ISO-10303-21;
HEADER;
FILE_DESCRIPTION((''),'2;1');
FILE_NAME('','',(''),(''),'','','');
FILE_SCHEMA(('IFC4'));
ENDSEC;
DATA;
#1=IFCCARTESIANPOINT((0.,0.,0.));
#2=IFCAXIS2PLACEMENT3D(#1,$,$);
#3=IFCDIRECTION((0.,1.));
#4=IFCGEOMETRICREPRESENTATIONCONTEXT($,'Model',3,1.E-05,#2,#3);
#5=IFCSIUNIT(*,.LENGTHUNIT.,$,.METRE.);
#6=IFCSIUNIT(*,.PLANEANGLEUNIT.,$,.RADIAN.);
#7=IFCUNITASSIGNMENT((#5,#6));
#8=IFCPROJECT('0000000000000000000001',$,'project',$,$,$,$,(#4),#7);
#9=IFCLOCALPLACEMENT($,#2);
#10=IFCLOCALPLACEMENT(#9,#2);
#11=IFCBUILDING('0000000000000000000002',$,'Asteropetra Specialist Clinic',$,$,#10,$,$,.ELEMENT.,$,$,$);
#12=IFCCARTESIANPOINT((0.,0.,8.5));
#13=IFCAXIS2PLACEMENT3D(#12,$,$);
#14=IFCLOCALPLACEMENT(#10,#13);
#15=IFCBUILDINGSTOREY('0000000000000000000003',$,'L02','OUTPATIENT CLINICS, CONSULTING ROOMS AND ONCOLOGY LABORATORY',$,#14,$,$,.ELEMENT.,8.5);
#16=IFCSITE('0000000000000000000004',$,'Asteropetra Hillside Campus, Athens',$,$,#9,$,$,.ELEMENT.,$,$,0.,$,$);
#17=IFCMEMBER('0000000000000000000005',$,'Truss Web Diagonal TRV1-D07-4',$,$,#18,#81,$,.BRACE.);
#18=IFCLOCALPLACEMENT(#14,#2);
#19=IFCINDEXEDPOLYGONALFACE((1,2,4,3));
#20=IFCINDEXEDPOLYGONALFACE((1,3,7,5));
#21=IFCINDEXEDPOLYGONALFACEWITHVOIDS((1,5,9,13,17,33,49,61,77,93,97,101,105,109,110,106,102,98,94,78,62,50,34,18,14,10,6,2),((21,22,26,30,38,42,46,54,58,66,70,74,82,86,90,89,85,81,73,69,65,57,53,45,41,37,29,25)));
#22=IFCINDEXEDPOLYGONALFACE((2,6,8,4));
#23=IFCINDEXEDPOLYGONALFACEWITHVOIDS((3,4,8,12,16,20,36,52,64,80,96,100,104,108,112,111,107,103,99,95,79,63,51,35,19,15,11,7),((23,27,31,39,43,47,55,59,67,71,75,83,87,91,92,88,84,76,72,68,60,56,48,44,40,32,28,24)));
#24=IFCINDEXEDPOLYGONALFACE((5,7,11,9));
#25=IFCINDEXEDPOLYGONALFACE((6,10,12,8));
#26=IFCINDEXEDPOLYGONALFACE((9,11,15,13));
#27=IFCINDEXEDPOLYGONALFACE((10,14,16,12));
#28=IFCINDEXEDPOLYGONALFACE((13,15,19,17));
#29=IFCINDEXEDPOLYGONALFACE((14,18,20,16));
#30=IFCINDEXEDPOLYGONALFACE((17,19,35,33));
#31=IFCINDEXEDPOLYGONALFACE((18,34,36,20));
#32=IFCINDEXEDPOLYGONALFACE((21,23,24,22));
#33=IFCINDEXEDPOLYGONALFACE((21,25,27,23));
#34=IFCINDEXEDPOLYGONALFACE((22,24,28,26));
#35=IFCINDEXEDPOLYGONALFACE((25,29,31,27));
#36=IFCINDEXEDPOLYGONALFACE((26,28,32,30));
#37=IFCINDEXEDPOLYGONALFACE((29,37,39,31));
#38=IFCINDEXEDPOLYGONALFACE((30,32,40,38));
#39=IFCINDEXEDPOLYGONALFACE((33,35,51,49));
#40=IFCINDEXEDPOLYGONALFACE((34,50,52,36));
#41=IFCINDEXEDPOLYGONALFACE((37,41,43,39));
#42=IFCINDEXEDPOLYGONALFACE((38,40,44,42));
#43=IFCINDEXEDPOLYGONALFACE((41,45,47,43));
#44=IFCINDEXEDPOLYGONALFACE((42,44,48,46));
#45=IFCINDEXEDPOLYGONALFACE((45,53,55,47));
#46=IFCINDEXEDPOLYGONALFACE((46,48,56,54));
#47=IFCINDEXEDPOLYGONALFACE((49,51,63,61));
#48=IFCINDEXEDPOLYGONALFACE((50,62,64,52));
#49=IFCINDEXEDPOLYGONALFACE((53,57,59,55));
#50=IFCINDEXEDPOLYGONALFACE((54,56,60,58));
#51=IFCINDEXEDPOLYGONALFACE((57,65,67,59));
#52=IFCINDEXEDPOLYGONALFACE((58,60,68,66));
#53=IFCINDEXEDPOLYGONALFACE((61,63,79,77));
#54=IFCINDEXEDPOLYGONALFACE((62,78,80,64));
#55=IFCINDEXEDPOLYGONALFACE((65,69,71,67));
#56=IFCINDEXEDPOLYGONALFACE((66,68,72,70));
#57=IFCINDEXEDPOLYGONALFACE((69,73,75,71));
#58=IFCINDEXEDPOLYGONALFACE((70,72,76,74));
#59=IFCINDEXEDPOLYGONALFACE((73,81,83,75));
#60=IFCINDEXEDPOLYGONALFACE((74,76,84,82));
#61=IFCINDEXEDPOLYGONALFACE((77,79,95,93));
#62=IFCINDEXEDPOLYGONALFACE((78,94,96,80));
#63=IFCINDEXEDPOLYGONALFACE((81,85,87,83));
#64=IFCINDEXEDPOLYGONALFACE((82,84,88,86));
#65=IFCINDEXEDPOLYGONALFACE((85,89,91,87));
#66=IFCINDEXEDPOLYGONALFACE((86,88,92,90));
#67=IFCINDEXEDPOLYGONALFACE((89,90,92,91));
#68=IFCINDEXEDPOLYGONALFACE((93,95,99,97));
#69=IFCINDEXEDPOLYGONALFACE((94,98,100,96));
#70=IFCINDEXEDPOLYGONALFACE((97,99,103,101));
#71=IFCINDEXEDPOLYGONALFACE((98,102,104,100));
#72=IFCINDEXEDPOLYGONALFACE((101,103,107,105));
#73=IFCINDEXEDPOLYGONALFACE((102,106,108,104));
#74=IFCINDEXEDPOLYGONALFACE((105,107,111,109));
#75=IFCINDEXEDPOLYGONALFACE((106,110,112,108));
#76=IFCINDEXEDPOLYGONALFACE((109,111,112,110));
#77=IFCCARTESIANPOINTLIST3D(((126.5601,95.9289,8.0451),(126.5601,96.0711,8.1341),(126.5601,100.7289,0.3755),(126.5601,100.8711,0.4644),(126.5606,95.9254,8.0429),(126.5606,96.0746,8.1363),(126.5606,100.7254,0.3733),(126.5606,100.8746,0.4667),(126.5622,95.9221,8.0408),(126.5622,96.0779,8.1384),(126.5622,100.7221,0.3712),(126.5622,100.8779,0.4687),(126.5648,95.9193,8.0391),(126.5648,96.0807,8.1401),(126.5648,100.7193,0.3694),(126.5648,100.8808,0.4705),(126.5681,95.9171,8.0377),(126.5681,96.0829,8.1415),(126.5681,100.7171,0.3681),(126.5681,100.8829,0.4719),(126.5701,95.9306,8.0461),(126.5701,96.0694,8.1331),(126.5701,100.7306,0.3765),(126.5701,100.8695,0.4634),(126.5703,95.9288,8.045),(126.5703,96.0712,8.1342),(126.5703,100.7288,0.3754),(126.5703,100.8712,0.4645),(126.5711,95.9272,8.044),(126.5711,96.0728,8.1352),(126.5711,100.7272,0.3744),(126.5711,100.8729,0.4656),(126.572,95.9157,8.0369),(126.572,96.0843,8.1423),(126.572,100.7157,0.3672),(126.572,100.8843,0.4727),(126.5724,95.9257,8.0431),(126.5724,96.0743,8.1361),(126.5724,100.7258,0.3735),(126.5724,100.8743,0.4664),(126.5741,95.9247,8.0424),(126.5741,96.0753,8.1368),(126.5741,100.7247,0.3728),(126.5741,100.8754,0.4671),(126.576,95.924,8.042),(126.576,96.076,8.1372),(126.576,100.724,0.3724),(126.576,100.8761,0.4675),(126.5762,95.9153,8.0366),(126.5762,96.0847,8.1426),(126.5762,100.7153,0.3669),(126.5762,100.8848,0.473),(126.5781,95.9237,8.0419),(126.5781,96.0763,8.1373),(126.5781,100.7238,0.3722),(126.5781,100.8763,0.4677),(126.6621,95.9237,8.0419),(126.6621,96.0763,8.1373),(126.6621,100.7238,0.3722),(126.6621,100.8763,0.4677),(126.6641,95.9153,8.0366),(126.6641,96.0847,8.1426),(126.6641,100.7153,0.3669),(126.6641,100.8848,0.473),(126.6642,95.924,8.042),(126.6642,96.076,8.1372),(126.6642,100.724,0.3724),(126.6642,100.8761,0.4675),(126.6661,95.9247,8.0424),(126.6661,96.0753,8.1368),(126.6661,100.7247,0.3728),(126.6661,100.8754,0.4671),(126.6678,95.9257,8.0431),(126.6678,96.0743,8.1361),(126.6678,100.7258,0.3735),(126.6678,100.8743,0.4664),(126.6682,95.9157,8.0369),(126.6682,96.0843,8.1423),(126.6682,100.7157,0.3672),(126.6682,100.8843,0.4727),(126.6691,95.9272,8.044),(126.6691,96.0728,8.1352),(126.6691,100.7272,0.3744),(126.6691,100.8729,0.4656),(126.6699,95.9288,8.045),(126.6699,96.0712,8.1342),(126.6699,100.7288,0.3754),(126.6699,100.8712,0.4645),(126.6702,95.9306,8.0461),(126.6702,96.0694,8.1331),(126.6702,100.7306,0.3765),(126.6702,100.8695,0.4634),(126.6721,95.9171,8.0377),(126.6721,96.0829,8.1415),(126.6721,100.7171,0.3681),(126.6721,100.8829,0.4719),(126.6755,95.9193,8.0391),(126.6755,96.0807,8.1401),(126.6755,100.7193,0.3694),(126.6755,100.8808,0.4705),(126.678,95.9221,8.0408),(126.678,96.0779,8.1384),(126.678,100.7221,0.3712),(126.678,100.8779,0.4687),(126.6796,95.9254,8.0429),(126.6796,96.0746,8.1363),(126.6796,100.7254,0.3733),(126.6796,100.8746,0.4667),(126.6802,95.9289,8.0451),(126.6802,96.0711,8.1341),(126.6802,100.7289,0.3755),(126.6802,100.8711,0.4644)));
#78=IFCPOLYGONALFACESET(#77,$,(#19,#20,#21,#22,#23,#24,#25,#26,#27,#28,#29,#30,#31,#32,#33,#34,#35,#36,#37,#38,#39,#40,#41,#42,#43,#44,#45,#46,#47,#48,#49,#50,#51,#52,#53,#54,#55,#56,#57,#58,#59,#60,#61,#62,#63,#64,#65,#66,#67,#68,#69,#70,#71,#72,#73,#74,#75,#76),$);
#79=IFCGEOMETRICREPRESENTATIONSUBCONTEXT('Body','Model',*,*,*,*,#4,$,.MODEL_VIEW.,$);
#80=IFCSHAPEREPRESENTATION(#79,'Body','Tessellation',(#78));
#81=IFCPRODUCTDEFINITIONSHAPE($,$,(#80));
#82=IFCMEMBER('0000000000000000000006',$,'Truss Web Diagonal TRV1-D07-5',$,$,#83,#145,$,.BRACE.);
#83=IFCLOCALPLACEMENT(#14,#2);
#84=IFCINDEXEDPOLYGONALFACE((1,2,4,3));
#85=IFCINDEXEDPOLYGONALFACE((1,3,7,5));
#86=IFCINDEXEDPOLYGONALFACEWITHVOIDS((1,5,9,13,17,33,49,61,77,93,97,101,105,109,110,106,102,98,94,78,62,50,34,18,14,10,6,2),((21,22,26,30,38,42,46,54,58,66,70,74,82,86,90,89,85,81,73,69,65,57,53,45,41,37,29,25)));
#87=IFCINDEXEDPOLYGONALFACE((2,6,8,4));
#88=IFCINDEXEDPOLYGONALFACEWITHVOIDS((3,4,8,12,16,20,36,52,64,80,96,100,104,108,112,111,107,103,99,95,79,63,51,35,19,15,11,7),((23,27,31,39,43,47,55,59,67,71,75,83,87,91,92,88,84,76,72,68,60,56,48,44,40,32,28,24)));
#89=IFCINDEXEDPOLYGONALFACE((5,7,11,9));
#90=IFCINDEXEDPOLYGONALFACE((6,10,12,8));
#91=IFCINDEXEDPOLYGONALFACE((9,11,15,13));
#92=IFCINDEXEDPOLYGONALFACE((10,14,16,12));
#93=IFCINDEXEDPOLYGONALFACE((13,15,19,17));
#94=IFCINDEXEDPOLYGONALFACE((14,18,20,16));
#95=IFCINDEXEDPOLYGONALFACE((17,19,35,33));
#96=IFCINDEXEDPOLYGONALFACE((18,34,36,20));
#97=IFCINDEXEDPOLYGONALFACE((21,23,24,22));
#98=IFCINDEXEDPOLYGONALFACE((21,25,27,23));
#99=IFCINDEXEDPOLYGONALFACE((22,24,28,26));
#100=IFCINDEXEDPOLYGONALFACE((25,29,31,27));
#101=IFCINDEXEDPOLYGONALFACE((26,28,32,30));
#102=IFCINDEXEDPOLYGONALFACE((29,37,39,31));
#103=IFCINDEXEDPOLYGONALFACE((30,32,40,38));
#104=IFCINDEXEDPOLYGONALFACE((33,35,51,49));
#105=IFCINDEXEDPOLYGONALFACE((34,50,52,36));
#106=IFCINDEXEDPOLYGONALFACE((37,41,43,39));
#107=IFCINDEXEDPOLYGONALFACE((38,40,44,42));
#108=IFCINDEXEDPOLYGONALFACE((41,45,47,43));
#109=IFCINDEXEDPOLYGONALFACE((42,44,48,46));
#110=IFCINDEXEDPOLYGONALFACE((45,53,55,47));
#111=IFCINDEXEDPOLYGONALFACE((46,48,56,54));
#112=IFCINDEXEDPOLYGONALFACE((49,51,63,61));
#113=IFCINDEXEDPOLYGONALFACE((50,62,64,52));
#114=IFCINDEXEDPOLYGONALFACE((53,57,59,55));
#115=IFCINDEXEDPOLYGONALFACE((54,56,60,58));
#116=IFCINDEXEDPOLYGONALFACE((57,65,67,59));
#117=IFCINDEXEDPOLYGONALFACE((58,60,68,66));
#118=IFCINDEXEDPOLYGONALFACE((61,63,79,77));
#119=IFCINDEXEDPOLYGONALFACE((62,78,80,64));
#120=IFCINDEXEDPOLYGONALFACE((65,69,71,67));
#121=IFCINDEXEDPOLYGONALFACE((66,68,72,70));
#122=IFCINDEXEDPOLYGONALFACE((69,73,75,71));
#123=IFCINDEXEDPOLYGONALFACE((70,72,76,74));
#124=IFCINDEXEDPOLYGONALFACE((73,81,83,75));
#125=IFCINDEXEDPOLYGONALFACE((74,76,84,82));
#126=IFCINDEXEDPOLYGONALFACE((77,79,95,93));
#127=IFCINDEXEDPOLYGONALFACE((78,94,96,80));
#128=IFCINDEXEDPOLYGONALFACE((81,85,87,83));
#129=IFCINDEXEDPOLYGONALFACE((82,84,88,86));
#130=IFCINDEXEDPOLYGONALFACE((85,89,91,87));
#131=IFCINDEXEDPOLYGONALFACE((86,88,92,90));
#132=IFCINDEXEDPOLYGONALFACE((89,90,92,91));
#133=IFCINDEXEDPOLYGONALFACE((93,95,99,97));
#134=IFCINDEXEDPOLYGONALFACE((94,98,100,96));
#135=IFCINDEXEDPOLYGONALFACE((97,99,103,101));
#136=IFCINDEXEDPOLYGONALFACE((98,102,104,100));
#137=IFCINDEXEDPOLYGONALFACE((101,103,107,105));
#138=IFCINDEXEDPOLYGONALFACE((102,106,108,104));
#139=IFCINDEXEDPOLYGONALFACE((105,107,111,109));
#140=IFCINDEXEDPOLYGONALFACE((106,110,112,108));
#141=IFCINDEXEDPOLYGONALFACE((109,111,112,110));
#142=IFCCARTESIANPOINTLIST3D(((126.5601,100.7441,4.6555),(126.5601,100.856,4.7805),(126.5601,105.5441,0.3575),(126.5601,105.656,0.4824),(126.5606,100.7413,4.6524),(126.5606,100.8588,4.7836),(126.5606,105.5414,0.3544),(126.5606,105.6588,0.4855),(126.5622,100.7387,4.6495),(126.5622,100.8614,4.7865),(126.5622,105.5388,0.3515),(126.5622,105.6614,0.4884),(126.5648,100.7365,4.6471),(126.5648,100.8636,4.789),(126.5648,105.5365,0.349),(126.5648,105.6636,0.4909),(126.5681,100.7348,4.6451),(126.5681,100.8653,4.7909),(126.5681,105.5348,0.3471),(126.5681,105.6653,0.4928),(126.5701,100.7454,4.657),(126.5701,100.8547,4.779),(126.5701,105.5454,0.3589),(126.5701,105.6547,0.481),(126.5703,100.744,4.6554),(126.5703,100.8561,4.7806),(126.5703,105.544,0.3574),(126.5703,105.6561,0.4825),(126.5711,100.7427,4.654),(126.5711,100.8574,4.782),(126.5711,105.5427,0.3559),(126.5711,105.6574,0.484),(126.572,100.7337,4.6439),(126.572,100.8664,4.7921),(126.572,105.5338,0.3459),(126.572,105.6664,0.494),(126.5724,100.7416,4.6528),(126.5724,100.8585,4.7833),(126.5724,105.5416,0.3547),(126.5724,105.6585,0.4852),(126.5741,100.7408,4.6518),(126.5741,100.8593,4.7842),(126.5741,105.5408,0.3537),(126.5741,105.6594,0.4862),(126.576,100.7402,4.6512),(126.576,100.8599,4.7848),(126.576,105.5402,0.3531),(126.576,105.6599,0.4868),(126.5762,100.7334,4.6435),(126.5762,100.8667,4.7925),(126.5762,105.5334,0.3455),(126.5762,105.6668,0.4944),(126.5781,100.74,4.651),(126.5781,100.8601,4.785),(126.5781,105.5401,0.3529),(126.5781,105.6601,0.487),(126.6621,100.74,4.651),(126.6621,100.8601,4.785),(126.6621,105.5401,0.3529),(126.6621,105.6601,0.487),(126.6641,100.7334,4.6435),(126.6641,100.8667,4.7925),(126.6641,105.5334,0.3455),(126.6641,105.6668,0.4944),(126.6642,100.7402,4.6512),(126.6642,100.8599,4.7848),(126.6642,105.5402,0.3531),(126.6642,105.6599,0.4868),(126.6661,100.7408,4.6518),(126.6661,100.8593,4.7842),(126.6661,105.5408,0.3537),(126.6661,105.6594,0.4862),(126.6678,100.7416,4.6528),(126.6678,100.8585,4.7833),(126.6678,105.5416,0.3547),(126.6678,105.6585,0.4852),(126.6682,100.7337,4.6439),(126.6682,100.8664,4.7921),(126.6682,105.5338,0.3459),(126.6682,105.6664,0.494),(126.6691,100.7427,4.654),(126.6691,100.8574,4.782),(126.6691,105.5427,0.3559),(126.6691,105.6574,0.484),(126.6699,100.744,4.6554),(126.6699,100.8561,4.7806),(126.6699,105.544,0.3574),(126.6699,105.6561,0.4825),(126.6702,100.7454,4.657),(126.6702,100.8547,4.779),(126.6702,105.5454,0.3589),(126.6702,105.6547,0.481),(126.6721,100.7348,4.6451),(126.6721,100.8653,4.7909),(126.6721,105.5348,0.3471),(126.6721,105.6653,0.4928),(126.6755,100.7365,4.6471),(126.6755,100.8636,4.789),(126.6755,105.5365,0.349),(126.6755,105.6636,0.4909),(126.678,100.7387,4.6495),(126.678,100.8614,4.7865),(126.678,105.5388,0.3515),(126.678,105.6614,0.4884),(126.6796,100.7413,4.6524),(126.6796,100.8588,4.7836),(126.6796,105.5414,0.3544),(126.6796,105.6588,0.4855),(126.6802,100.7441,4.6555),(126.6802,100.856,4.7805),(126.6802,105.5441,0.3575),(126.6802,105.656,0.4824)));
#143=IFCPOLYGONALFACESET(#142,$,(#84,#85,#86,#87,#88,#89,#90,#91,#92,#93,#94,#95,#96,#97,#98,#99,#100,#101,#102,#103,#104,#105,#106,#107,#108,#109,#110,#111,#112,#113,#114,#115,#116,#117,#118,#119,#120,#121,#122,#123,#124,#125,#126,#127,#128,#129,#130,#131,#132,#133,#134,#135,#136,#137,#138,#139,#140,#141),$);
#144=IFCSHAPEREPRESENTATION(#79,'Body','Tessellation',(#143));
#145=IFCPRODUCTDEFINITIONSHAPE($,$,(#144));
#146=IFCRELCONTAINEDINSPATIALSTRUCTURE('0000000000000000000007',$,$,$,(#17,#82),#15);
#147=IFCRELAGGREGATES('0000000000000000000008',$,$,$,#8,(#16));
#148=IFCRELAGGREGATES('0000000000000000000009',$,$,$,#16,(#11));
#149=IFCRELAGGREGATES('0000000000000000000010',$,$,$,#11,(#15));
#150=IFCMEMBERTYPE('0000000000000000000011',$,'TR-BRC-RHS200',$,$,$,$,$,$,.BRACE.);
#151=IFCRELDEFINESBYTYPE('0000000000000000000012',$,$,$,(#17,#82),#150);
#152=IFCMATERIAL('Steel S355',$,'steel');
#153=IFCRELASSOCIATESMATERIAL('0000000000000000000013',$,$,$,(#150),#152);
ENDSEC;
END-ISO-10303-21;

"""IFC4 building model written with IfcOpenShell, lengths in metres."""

from ifc_helpers import new_model, si_unit, direction, frame, origin, origin_2d, place, context, subcontext, project, spatial, hollow_rectangle, extrude, material, material_profile, profile_set, type_object, element, save


model = new_model("IFC4")

# Units and contexts
model_context = context("Model", 3, precision=1e-05, world=origin(), true_north=direction((0.0, 1.0)))
body_context = subcontext(model_context, "Body", "Model", "MODEL_VIEW")
ifc_project = project(units=[si_unit("LENGTHUNIT", "METRE"), si_unit("PLANEANGLEUNIT", "RADIAN")], contexts=[model_context])

# Site, building, storey
site_placement = place(None, origin())
site = spatial("IfcSite", under=ifc_project, at=site_placement, Name="Asteropetra Hillside Campus, Athens", CompositionType="ELEMENT", RefElevation=0.0)
building_placement = place(site_placement, origin())
building = spatial("IfcBuilding", under=site, at=building_placement, Name="Asteropetra Specialist Clinic", CompositionType="ELEMENT")
storey_placement = place(building_placement, frame((0.0, 0.0, 8.5)))
storey = spatial("IfcBuildingStorey", under=building, at=storey_placement, Name="L02", Description="OUTPATIENT CLINICS, CONSULTING ROOMS AND ONCOLOGY LABORATORY", CompositionType="ELEMENT", Elevation=8.5)

# Members
ifc_material_1 = material(Name="Steel S355", Category="steel")
ifc_material_profile_1 = material_profile(ifc_material_1, hollow_rectangle(XDim=0.1201, YDim=0.2, WallThickness=0.01, InnerFilletRadius=0.0081, OuterFilletRadius=0.0161, at=origin_2d()), Name="RHS 200x120x10.0")
ifc_profile_set_1 = profile_set([ifc_material_profile_1], Name="Steel S355")
member_type_1 = type_object("IfcMemberType", Name="TR-BRC-RHS200", PredefinedType="BRACE", material=ifc_profile_set_1)
member_1_placement = place(storey_placement, frame((126.6201, 96.0, 8.0896), z_axis=(0.0, 0.530515, -0.847675), x_axis=(-1.0, 0.0, 0.0)))
element("IfcMember", 1, at=member_1_placement, inside=storey, type_object=member_type_1, Name="Truss Web Diagonal TRV1-D07-4", PredefinedType="BRACE", context=body_context, shape_type="SweptSolid", body=[
    extrude(hollow_rectangle(XDim=0.1201, YDim=0.2, WallThickness=0.01, InnerFilletRadius=0.0081, OuterFilletRadius=0.0161, at=origin_2d()), origin(), (0.0, 0.0, 1.0), 9.0479),
])
member_2_placement = place(storey_placement, frame((126.6201, 100.8, 4.718), z_axis=(0.0, 0.744986, -0.667081), x_axis=(-1.0, 0.0, 0.0)))
element("IfcMember", 2, at=member_2_placement, inside=storey, type_object=member_type_1, Name="Truss Web Diagonal TRV1-D07-5", PredefinedType="BRACE", context=body_context, shape_type="SweptSolid", body=[
    extrude(hollow_rectangle(XDim=0.1201, YDim=0.2, WallThickness=0.01, InnerFilletRadius=0.0081, OuterFilletRadius=0.0161, at=origin_2d()), origin(), (0.0, 0.0, 1.0), 6.4431),
])

save(model, "model.ifc")
